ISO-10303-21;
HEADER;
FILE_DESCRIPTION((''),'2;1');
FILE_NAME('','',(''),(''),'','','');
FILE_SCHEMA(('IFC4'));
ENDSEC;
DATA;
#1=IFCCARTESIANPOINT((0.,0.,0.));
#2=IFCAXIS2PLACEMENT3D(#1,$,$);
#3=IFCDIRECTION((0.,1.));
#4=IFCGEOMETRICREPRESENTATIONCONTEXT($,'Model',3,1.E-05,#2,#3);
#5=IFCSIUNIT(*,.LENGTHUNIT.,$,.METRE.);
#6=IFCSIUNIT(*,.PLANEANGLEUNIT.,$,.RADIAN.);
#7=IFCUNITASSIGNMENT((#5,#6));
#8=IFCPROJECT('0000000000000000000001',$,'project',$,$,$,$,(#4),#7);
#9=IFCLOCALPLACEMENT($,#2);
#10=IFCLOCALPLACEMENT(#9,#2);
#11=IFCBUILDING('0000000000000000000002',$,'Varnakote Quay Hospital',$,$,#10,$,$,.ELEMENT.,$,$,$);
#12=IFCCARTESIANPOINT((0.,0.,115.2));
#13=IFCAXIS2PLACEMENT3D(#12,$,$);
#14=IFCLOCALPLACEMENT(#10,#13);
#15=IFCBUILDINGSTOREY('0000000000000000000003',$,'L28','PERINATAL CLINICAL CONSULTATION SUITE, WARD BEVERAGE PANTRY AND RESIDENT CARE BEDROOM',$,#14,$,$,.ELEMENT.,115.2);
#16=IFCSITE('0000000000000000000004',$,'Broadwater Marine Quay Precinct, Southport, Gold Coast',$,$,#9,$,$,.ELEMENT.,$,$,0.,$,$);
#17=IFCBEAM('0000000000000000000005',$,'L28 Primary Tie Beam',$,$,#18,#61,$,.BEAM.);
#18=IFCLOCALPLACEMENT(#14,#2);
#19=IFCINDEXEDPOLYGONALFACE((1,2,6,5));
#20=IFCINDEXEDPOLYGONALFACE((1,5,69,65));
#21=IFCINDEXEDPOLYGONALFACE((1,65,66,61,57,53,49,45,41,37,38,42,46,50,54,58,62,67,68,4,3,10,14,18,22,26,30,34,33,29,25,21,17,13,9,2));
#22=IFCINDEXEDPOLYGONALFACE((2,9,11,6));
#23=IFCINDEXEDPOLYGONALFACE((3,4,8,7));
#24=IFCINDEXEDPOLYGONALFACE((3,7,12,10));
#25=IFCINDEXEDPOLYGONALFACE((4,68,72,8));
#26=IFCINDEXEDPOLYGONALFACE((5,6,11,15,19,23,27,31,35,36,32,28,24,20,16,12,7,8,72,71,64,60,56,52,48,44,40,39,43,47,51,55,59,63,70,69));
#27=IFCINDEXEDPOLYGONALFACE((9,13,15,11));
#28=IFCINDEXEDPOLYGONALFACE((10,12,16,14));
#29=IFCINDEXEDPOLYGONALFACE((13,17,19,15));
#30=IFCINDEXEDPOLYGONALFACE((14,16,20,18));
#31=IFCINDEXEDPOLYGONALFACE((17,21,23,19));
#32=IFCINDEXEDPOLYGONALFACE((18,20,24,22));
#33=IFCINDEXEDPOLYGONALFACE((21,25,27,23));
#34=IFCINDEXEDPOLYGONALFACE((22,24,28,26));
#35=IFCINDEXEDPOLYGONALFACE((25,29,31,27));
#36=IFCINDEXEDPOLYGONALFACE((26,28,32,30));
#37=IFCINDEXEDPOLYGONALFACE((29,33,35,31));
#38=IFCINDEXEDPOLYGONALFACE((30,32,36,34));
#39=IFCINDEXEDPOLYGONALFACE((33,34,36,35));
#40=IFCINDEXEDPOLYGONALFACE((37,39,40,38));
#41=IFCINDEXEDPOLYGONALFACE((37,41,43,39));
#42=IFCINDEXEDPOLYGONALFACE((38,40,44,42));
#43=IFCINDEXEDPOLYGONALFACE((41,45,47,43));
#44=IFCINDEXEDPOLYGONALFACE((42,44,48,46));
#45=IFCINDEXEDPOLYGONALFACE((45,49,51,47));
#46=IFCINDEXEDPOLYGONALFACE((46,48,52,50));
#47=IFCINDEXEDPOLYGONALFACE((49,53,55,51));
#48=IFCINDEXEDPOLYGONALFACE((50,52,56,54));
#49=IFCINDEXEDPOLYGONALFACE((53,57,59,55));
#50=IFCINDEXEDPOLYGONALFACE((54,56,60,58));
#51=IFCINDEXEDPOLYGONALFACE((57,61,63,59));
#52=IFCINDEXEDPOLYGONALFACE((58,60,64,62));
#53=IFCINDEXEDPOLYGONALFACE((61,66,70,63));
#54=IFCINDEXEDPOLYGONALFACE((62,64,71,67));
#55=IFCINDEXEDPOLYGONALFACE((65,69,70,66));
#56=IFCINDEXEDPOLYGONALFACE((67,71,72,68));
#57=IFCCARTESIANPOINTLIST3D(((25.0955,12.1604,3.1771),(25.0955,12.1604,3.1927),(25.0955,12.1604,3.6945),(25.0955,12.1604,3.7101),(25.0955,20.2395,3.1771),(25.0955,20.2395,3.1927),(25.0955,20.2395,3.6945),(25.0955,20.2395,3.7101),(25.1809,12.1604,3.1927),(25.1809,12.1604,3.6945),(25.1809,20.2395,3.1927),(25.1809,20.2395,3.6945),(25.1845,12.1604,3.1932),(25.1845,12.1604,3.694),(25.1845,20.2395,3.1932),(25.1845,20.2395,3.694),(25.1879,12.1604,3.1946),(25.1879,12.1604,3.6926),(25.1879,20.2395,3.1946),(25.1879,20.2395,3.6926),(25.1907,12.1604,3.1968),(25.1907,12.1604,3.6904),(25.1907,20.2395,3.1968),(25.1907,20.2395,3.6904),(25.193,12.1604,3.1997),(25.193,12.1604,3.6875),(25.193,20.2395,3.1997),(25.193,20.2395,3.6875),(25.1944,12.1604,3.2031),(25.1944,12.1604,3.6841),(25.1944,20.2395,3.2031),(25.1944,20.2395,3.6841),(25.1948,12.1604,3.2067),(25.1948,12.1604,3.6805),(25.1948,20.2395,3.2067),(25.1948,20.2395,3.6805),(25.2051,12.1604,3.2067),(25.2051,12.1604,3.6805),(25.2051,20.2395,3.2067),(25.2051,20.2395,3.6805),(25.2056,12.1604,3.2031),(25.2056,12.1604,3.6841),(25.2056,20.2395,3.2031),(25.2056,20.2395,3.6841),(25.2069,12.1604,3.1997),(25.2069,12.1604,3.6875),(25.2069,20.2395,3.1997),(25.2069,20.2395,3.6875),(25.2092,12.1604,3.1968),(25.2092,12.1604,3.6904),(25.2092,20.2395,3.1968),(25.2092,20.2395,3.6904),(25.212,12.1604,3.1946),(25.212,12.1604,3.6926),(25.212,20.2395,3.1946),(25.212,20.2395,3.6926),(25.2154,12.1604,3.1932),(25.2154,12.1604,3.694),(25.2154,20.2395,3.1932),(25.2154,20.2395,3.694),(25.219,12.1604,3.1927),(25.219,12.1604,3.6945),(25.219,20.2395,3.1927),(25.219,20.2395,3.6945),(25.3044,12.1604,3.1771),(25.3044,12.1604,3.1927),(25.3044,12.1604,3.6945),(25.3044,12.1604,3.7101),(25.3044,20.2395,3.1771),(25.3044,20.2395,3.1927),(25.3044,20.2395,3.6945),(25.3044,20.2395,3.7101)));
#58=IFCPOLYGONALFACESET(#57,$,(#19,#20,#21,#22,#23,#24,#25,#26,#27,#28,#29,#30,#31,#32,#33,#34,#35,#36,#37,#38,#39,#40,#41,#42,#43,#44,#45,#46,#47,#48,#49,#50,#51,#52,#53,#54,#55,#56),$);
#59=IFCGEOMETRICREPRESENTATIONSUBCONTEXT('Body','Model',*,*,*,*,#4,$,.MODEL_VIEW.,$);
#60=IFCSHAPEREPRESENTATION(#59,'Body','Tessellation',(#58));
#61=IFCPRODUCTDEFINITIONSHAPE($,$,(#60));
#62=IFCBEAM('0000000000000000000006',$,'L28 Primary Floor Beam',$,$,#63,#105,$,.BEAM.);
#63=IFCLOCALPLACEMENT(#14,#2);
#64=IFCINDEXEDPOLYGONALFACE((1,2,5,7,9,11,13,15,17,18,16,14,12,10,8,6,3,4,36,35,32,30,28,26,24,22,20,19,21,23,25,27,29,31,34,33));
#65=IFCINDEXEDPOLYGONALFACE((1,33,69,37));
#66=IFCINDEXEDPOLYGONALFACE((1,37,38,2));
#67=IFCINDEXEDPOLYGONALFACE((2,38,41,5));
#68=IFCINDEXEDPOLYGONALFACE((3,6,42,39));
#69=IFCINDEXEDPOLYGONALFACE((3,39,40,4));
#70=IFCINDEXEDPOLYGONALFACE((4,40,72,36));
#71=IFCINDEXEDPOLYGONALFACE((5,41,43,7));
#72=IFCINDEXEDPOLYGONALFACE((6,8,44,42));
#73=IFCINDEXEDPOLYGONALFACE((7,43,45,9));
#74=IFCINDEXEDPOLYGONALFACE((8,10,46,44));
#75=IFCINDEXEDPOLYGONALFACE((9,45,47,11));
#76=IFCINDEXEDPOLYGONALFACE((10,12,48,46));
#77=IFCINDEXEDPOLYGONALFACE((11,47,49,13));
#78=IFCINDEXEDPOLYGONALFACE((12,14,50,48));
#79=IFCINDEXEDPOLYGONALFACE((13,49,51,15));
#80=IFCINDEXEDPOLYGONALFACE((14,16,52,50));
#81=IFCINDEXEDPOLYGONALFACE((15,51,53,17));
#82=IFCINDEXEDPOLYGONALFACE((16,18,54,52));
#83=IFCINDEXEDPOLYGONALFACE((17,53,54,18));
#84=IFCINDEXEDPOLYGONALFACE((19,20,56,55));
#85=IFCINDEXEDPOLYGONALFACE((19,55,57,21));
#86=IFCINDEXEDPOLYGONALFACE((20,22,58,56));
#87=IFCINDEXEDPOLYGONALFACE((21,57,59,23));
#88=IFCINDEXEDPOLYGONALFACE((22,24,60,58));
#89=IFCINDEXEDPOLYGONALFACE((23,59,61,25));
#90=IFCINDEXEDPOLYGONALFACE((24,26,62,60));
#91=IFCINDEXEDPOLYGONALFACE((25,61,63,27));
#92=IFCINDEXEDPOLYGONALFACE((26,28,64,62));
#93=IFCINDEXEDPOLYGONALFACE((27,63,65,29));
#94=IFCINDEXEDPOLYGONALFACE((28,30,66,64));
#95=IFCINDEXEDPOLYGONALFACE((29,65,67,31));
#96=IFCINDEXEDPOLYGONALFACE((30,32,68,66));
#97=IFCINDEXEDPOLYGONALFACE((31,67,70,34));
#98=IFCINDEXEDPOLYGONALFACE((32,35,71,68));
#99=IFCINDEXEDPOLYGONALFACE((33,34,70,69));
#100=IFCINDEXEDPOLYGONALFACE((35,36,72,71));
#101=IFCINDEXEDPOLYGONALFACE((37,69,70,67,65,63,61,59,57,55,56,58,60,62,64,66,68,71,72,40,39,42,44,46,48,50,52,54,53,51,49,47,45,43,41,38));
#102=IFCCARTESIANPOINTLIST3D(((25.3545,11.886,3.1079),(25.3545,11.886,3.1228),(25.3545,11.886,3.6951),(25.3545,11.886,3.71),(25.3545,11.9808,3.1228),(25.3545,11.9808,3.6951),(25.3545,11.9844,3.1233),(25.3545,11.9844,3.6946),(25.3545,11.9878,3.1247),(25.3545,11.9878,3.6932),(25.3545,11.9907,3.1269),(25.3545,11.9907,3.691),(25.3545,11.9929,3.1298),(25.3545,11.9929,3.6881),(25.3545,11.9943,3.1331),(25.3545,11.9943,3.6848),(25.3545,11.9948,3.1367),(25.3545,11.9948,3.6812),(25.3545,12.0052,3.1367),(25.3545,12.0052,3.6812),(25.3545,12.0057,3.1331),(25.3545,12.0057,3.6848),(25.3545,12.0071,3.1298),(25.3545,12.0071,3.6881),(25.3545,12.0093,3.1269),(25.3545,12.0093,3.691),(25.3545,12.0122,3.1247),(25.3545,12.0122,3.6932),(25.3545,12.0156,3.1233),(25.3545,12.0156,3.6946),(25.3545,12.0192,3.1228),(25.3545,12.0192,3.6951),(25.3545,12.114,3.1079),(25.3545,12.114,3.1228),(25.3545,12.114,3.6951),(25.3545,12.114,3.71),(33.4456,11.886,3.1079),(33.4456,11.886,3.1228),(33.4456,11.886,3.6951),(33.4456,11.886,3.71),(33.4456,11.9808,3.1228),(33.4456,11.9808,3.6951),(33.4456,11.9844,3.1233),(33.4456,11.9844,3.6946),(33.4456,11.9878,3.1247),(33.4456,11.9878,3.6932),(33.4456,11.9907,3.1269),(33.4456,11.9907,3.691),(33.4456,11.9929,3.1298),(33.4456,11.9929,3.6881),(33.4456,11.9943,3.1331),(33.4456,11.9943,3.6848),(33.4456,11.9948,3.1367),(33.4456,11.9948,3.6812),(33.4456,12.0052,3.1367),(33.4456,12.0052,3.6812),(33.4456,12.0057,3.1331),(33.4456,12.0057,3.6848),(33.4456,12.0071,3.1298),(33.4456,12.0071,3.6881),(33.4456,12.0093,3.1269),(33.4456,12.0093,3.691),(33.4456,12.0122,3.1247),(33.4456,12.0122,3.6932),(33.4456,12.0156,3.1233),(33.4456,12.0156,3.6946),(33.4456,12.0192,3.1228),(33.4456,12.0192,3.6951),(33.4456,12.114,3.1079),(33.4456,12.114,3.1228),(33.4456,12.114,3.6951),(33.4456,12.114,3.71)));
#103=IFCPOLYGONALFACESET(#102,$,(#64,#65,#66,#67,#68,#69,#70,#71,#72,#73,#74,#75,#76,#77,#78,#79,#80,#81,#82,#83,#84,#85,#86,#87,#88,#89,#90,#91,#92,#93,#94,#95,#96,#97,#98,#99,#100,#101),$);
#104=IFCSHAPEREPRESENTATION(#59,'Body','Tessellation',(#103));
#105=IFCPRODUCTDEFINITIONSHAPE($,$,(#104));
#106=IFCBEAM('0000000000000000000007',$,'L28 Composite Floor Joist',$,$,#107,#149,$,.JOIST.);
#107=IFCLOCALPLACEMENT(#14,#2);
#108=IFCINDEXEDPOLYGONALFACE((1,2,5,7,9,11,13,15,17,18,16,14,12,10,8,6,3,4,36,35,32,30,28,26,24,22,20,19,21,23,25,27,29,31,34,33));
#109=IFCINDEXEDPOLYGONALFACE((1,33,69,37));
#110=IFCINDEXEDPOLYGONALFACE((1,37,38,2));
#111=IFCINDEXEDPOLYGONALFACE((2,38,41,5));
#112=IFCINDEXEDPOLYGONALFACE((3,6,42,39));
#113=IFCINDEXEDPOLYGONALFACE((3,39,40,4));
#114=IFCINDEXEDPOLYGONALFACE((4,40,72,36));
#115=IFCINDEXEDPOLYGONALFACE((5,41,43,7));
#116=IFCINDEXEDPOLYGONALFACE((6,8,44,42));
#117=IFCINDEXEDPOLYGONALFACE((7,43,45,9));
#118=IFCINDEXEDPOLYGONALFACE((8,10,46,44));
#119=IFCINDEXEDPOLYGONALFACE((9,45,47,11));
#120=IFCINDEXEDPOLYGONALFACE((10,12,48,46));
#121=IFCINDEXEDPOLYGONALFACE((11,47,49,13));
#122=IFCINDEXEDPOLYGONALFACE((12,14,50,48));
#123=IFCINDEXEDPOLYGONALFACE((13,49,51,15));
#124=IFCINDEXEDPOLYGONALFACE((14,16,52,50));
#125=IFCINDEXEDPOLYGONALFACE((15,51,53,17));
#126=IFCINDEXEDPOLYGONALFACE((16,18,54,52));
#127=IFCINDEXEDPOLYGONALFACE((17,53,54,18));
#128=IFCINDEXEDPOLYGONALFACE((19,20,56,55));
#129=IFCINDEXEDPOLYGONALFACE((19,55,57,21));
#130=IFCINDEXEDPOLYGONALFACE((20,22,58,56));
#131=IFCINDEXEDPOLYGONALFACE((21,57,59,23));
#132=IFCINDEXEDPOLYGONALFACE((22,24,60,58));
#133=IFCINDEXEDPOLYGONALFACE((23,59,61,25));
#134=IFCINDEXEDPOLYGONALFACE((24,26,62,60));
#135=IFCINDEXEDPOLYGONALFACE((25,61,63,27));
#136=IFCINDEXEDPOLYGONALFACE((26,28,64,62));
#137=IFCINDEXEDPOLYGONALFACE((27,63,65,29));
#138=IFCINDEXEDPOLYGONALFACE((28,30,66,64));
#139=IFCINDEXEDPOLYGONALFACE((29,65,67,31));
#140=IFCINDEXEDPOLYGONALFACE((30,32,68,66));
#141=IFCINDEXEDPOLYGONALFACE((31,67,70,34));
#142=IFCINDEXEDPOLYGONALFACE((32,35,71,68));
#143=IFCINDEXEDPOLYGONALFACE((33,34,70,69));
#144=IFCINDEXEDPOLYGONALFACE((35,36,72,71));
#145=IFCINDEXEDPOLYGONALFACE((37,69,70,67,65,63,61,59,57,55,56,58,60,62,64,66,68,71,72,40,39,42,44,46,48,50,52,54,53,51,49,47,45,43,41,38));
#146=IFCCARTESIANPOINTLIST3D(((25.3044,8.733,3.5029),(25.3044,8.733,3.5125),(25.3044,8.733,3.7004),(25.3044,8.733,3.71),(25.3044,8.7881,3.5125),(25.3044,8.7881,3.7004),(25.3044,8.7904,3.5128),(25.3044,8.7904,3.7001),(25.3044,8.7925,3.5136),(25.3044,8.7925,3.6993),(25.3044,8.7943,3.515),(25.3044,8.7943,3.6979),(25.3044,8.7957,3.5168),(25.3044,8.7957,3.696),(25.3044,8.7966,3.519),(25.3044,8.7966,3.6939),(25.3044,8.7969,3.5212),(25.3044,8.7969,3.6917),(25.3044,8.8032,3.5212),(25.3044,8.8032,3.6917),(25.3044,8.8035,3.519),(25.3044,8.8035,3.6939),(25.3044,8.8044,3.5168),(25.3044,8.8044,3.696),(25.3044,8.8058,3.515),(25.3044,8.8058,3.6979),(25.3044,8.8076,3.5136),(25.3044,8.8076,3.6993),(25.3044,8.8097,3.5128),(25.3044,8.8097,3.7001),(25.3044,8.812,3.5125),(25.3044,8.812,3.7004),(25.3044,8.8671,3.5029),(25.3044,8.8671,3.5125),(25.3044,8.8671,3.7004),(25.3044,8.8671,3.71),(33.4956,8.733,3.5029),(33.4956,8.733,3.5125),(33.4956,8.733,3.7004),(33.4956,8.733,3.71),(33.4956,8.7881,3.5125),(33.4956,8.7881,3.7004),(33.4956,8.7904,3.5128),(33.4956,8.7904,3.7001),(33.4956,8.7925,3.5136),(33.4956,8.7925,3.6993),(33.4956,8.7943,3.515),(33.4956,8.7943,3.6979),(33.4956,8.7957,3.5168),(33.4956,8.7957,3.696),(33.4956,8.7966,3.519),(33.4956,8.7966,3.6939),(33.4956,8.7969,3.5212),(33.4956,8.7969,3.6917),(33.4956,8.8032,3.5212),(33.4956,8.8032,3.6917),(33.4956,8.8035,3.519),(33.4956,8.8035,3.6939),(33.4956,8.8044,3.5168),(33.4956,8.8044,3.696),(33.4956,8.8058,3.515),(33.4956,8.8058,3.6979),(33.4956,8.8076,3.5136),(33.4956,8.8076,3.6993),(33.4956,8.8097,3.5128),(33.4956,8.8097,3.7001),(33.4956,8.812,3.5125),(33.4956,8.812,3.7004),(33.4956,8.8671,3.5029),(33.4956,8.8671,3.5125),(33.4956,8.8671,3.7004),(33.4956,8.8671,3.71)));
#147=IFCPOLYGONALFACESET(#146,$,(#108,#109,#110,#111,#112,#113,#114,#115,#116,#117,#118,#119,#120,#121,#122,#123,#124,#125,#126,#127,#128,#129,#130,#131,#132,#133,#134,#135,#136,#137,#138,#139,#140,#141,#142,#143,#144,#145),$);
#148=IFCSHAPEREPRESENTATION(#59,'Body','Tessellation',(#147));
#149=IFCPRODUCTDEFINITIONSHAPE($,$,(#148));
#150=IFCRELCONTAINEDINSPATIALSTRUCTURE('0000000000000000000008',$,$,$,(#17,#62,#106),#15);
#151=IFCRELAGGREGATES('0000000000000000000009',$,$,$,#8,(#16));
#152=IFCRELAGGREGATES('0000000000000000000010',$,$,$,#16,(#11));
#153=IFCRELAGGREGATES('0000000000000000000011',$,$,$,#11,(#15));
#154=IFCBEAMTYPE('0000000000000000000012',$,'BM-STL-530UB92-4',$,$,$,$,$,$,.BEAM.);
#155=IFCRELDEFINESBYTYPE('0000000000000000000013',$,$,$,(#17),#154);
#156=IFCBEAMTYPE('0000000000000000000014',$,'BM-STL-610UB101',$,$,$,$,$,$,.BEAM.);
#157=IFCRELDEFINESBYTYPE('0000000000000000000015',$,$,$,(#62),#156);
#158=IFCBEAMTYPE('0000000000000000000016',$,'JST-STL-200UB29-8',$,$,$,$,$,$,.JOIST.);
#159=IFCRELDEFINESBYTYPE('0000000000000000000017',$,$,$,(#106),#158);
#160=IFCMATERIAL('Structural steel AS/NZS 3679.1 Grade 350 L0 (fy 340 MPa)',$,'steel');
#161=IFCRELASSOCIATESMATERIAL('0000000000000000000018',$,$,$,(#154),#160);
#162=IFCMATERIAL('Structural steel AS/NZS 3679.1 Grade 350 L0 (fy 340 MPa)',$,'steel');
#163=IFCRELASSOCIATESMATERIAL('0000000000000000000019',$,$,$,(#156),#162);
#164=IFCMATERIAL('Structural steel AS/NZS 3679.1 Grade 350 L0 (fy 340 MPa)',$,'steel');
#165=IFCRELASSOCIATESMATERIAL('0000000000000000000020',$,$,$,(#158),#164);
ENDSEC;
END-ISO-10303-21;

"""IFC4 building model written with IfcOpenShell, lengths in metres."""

from ifc_helpers import new_model, si_unit, direction, frame, origin, origin_2d, place, context, subcontext, project, spatial, i_section, extrude, material, material_profile, profile_set, type_object, element, save


model = new_model("IFC4")

# Units and contexts
model_context = context("Model", 3, precision=1e-05, world=origin(), true_north=direction((0.0, 1.0)))
body_context = subcontext(model_context, "Body", "Model", "MODEL_VIEW")
ifc_project = project(units=[si_unit("LENGTHUNIT", "METRE"), si_unit("PLANEANGLEUNIT", "RADIAN")], contexts=[model_context])

# Site, building, storey
site_placement = place(None, origin())
site = spatial("IfcSite", under=ifc_project, at=site_placement, Name="Broadwater Marine Quay Precinct, Southport, Gold Coast", CompositionType="ELEMENT", RefElevation=0.0)
building_placement = place(site_placement, origin())
building = spatial("IfcBuilding", under=site, at=building_placement, Name="Varnakote Quay Hospital", CompositionType="ELEMENT")
storey_placement = place(building_placement, frame((0.0, 0.0, 115.2)))
storey = spatial("IfcBuildingStorey", under=building, at=storey_placement, Name="L28", Description="PERINATAL CLINICAL CONSULTATION SUITE, WARD BEVERAGE PANTRY AND RESIDENT CARE BEDROOM", CompositionType="ELEMENT", Elevation=115.2)

# Beams
ifc_material_1 = material(Name="Structural steel AS/NZS 3679.1 Grade 350 L0 (fy 340 MPa)", Category="steel")
ifc_material_profile_1 = material_profile(ifc_material_1, i_section(OverallWidth=0.209, OverallDepth=0.533, WebThickness=0.0103, FlangeThickness=0.0156, FilletRadius=0.0139, at=origin_2d()), Name="530UB92.4")
ifc_profile_set_1 = profile_set([ifc_material_profile_1], Name="Structural steel AS/NZS 3679.1 Grade 350 L0 (fy 340 MPa)")
beam_type_1 = type_object("IfcBeamType", Name="BM-STL-530UB92-4", PredefinedType="BEAM", material=ifc_profile_set_1)
beam_1_placement = place(storey_placement, frame((25.2, 12.1604, 3.4436), z_axis=(0.0, 1.0, 0.0), x_axis=(-1.0, 0.0, 0.0)))
element("IfcBeam", 1, at=beam_1_placement, inside=storey, type_object=beam_type_1, Name="L28 Primary Tie Beam", PredefinedType="BEAM", context=body_context, shape_type="SweptSolid", body=[
    extrude(i_section(OverallWidth=0.209, OverallDepth=0.533, WebThickness=0.0103, FlangeThickness=0.0156, FilletRadius=0.0139, at=origin_2d()), origin(), (0.0, 0.0, 1.0), 8.0791),
])
ifc_material_2 = material(Name="Structural steel AS/NZS 3679.1 Grade 350 L0 (fy 340 MPa)", Category="steel")
ifc_material_profile_2 = material_profile(ifc_material_2, i_section(OverallWidth=0.228, OverallDepth=0.6021, WebThickness=0.0105, FlangeThickness=0.0149, FilletRadius=0.0139, at=origin_2d()), Name="610UB101")
ifc_profile_set_2 = profile_set([ifc_material_profile_2], Name="Structural steel AS/NZS 3679.1 Grade 350 L0 (fy 340 MPa)")
beam_type_2 = type_object("IfcBeamType", Name="BM-STL-610UB101", PredefinedType="BEAM", material=ifc_profile_set_2)
beam_2_placement = place(storey_placement, frame((25.3545, 12.0, 3.4089), z_axis=(1.0, 0.0, 0.0), x_axis=(0.0, 1.0, 0.0)))
element("IfcBeam", 2, at=beam_2_placement, inside=storey, type_object=beam_type_2, Name="L28 Primary Floor Beam", PredefinedType="BEAM", context=body_context, shape_type="SweptSolid", body=[
    extrude(i_section(OverallWidth=0.228, OverallDepth=0.6021, WebThickness=0.0105, FlangeThickness=0.0149, FilletRadius=0.0139, at=origin_2d()), origin(), (0.0, 0.0, 1.0), 8.0911),
])
ifc_material_3 = material(Name="Structural steel AS/NZS 3679.1 Grade 350 L0 (fy 340 MPa)", Category="steel")
ifc_material_profile_3 = material_profile(ifc_material_3, i_section(OverallWidth=0.134, OverallDepth=0.207, WebThickness=0.0063, FlangeThickness=0.0095, FilletRadius=0.0088, at=origin_2d()), Name="200UB29.8")
ifc_profile_set_3 = profile_set([ifc_material_profile_3], Name="Structural steel AS/NZS 3679.1 Grade 350 L0 (fy 340 MPa)")
beam_type_3 = type_object("IfcBeamType", Name="JST-STL-200UB29-8", PredefinedType="JOIST", material=ifc_profile_set_3)
beam_3_placement = place(storey_placement, frame((25.3044, 8.8, 3.6064), z_axis=(1.0, 0.0, 0.0), x_axis=(0.0, 1.0, 0.0)))
element("IfcBeam", 3, at=beam_3_placement, inside=storey, type_object=beam_type_3, Name="L28 Composite Floor Joist", PredefinedType="JOIST", context=body_context, shape_type="SweptSolid", body=[
    extrude(i_section(OverallWidth=0.134, OverallDepth=0.207, WebThickness=0.0063, FlangeThickness=0.0095, FilletRadius=0.0088, at=origin_2d()), origin(), (0.0, 0.0, 1.0), 8.1912),
])

save(model, "model.ifc")
